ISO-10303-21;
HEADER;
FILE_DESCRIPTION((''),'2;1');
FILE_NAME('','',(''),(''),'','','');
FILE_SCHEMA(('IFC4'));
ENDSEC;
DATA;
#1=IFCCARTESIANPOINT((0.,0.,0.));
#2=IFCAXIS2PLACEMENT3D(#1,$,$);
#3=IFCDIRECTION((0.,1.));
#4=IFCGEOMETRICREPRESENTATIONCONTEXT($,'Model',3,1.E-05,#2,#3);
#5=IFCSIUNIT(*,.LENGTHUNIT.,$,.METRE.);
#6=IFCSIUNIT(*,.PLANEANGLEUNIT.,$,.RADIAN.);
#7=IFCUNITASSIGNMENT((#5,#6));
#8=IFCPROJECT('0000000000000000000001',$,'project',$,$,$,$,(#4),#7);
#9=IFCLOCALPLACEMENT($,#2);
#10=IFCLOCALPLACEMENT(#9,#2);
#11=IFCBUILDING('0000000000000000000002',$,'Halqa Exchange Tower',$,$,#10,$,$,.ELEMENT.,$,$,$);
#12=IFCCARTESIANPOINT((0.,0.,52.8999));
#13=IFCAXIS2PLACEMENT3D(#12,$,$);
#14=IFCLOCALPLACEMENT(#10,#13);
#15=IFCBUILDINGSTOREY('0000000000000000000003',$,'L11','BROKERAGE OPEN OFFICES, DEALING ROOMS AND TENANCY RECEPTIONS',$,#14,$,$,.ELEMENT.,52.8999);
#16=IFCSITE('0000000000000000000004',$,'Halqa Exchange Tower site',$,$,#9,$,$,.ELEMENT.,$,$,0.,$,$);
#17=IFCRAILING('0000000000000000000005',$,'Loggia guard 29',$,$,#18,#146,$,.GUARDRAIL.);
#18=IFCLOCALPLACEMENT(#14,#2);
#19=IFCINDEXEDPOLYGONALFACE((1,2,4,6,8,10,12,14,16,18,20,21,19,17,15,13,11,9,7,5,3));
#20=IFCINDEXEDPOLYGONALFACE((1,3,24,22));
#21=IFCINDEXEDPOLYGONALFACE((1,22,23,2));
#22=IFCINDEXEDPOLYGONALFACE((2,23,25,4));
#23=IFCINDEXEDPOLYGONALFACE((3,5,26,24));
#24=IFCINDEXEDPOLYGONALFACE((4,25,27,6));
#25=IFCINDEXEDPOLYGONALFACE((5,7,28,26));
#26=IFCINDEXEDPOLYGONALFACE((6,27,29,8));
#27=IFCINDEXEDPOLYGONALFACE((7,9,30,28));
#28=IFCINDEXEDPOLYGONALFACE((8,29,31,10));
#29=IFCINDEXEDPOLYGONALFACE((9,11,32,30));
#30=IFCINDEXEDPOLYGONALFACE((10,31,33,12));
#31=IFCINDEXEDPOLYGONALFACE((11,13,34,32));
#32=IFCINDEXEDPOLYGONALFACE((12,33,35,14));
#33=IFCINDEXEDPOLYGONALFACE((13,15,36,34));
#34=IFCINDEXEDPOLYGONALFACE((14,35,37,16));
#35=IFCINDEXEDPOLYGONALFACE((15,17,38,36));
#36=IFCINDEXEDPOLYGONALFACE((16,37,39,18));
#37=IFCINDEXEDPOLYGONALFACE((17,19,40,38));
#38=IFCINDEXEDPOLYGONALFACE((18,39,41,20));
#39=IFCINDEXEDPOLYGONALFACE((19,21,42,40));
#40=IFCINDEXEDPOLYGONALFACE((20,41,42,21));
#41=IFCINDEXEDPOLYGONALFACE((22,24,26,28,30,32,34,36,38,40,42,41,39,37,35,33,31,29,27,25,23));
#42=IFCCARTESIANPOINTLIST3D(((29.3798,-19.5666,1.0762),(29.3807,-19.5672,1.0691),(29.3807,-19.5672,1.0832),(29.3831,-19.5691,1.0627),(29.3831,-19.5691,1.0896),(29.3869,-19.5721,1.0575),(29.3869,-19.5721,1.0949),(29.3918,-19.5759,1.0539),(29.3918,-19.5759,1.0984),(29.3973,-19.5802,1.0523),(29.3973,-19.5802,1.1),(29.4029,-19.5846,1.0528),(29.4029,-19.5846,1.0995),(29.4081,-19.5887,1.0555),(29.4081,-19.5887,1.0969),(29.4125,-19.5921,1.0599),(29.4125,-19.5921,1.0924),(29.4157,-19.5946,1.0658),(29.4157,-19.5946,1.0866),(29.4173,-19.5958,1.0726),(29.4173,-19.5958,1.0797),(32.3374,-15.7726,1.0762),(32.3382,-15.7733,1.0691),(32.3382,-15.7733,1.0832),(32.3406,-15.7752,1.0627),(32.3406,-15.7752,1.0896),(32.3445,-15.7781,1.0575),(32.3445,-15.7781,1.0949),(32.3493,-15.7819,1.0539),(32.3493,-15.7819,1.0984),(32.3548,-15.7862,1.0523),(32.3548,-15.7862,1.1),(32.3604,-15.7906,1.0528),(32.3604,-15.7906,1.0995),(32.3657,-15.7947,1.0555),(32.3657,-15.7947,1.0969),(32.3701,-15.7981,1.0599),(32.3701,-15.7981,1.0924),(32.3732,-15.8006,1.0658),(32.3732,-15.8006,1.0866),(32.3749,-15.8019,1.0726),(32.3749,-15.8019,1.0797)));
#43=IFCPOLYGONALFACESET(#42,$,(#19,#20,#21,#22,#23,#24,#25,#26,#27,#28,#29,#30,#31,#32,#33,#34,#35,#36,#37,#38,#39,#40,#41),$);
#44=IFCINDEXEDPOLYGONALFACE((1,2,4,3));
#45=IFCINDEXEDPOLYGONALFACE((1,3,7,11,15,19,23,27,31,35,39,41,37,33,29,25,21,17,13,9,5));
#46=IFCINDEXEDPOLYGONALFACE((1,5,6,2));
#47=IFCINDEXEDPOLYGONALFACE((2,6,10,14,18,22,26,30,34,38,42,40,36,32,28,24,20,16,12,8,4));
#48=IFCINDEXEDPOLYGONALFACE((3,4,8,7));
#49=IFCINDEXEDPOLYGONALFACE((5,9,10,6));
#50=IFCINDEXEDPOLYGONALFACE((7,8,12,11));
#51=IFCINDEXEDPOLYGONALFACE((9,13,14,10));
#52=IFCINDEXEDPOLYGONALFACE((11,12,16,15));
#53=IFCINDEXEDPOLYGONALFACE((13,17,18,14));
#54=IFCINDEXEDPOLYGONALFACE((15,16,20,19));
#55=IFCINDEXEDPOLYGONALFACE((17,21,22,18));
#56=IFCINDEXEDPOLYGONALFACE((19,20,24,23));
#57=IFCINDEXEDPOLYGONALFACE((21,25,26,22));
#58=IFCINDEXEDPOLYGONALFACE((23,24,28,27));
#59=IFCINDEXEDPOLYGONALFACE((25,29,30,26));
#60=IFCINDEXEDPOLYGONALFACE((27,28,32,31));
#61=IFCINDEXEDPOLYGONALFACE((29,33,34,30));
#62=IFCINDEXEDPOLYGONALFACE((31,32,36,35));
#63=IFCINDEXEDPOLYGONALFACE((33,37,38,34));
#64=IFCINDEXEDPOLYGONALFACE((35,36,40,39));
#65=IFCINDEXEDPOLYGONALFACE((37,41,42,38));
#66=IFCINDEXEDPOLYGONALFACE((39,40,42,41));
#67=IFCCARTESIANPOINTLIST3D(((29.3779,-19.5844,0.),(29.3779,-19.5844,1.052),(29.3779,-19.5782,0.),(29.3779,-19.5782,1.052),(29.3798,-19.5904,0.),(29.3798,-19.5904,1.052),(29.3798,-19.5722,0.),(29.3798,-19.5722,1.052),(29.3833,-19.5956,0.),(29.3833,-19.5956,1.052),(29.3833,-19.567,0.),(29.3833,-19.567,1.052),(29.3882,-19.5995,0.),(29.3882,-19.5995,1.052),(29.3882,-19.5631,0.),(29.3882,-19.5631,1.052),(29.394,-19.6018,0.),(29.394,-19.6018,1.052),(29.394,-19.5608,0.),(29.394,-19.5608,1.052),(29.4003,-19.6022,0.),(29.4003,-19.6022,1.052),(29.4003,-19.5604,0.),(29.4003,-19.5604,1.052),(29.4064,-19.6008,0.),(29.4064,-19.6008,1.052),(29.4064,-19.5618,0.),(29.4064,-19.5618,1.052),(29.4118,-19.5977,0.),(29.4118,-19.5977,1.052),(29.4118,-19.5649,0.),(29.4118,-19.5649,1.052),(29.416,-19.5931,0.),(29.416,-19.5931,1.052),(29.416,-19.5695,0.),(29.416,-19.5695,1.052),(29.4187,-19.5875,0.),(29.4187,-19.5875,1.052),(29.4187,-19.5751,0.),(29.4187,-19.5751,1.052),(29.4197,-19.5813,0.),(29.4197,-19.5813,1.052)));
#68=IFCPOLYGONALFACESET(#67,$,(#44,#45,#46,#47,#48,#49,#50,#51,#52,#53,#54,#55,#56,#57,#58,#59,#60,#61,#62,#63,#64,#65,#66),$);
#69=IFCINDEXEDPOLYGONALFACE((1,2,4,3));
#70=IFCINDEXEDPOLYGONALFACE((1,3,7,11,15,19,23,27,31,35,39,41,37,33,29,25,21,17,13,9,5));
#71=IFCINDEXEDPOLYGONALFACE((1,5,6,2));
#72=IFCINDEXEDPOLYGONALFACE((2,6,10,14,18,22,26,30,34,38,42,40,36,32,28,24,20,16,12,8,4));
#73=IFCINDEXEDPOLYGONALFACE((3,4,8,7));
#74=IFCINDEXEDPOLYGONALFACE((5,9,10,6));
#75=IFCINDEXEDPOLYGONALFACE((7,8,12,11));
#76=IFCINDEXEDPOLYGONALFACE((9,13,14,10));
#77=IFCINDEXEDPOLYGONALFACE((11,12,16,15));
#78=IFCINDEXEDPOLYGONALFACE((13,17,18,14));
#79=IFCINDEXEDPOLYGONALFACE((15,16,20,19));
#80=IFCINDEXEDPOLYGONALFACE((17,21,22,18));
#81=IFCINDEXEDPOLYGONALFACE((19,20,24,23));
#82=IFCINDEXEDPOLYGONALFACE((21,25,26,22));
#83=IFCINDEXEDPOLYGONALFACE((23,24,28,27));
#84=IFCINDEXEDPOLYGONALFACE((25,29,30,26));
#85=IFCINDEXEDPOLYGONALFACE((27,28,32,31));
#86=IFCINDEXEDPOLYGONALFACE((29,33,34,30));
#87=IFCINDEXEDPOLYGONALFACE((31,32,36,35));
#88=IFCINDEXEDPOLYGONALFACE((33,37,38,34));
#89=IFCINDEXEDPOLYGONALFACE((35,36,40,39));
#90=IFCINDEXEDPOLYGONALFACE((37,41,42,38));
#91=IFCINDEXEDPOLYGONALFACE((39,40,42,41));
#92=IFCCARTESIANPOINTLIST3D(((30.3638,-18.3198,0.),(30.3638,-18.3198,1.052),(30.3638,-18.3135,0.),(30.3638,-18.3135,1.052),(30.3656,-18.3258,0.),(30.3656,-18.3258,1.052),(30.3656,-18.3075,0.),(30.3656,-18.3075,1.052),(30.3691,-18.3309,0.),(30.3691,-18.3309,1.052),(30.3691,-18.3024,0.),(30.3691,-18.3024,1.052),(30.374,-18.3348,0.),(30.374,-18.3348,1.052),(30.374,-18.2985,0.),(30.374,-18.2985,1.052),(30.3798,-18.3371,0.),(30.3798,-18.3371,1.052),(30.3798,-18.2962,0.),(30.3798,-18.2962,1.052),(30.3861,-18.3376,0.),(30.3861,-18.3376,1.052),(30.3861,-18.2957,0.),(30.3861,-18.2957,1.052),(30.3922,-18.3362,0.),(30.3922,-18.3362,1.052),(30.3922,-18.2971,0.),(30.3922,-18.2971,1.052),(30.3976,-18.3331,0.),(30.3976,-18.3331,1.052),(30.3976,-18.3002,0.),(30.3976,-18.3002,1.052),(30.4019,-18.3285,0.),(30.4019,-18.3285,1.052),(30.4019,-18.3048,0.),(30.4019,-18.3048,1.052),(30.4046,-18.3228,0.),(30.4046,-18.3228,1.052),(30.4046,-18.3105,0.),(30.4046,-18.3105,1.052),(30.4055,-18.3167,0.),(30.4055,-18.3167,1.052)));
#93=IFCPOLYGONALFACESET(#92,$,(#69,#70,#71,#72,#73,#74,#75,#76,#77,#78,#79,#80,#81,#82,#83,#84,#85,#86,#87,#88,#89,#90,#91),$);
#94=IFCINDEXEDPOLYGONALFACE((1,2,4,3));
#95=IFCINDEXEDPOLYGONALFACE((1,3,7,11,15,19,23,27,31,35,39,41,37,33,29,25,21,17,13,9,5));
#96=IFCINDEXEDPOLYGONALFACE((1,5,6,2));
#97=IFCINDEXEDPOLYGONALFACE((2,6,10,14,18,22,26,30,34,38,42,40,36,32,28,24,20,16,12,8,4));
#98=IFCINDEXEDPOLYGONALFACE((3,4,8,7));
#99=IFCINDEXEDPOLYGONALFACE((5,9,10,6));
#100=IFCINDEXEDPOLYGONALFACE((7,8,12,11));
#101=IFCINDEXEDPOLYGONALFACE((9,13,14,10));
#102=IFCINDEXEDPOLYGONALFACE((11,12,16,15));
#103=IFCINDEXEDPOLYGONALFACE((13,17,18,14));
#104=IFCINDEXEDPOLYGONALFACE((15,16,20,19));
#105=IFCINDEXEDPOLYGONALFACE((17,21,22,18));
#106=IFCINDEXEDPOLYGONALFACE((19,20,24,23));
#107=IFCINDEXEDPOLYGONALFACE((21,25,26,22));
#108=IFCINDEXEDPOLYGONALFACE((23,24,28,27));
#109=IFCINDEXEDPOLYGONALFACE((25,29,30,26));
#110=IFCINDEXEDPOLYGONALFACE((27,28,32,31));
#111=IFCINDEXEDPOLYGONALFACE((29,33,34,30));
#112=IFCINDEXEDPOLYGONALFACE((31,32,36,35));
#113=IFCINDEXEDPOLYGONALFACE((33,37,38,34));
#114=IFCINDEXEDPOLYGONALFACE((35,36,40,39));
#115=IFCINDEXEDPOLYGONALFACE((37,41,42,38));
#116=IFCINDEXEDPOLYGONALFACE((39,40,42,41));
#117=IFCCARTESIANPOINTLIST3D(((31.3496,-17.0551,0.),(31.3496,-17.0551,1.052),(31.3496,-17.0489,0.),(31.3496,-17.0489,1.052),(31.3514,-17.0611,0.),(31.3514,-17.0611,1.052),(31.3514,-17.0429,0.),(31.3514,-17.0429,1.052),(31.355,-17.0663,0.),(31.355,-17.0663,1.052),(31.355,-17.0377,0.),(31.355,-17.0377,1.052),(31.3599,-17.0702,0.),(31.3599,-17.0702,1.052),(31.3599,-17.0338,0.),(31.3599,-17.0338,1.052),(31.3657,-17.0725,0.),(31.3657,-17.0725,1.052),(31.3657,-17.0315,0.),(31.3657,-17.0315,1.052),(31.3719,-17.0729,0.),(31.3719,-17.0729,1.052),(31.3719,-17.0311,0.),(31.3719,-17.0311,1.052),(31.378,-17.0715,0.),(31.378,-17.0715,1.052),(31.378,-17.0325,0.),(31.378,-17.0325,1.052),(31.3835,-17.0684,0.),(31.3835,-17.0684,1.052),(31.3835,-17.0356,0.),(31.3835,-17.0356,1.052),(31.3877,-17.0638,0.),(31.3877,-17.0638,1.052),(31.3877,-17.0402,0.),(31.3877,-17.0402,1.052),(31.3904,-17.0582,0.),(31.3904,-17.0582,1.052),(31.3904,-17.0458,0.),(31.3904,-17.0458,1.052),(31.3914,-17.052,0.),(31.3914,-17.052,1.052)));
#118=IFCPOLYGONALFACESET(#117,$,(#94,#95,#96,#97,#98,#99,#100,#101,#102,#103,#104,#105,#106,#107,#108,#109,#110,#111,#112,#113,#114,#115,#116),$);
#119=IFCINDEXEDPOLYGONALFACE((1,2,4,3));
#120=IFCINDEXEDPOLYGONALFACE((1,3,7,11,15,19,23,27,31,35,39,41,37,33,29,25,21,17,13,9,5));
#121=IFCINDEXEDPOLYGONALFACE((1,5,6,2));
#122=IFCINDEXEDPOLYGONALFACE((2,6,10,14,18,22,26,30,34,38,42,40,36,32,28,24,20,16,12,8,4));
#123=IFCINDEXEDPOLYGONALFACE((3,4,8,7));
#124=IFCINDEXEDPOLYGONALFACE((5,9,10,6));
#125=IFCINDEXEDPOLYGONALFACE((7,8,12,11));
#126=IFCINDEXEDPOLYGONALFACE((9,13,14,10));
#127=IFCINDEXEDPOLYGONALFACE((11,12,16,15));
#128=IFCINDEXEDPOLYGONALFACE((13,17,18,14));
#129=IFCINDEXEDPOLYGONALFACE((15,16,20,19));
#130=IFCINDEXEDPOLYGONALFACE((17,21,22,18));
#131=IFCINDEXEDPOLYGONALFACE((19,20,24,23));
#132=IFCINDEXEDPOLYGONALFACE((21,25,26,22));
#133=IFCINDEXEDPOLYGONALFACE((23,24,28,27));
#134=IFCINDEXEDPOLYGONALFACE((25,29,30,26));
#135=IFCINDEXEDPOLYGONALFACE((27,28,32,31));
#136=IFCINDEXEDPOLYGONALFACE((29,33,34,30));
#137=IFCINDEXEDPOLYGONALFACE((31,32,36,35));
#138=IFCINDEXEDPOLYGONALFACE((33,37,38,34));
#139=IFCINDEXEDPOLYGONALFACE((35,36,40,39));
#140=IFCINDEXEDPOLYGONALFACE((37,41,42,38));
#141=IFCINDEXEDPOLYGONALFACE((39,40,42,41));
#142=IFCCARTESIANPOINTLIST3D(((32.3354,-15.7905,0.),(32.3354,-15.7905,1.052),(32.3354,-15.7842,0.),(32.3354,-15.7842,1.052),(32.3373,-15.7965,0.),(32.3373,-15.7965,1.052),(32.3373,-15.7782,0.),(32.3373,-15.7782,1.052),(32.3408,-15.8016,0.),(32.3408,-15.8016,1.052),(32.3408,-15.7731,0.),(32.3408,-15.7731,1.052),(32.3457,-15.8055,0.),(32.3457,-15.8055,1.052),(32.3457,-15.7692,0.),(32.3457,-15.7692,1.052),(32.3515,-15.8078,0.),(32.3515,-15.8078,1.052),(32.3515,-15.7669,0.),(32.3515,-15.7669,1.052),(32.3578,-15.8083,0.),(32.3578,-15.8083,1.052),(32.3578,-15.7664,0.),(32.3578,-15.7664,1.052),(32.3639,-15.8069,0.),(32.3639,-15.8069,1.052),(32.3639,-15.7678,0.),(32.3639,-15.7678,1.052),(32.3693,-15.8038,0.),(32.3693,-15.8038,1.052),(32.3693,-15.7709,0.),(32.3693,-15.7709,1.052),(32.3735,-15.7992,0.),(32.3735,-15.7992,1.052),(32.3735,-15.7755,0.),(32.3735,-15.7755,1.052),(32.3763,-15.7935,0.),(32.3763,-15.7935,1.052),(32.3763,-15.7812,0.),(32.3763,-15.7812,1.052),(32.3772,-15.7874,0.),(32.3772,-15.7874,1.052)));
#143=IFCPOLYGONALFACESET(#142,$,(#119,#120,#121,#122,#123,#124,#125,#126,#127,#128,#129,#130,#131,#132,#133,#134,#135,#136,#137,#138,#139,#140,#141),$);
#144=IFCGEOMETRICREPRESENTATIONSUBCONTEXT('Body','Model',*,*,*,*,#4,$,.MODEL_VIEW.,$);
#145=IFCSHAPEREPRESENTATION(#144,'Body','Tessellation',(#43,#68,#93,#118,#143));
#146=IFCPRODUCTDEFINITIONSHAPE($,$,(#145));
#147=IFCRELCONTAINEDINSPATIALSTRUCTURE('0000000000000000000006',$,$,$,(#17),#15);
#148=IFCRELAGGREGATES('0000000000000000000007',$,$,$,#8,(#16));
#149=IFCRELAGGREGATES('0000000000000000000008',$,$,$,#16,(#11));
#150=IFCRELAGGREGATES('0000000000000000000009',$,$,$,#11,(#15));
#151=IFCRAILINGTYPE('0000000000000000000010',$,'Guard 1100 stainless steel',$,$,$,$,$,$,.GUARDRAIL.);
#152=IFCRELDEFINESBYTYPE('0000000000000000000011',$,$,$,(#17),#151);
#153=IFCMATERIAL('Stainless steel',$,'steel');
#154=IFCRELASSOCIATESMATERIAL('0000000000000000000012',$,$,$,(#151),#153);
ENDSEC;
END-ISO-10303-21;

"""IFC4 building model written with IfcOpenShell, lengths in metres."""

from ifc_helpers import new_model, si_unit, direction, frame, origin, origin_2d, place, context, subcontext, project, spatial, circle, extrude, material, type_object, element, save


model = new_model("IFC4")

# Units and contexts
model_context = context("Model", 3, precision=1e-05, world=origin(), true_north=direction((0.0, 1.0)))
body_context = subcontext(model_context, "Body", "Model", "MODEL_VIEW")
ifc_project = project(units=[si_unit("LENGTHUNIT", "METRE"), si_unit("PLANEANGLEUNIT", "RADIAN")], contexts=[model_context])

# Site, building, storey
site_placement = place(None, origin())
site = spatial("IfcSite", under=ifc_project, at=site_placement, Name="Halqa Exchange Tower site", CompositionType="ELEMENT", RefElevation=0.0)
building_placement = place(site_placement, origin())
building = spatial("IfcBuilding", under=site, at=building_placement, Name="Halqa Exchange Tower", CompositionType="ELEMENT")
storey_placement = place(building_placement, frame((0.0, 0.0, 52.8999)))
storey = spatial("IfcBuildingStorey", under=building, at=storey_placement, Name="L11", Description="BROKERAGE OPEN OFFICES, DEALING ROOMS AND TENANCY RECEPTIONS", CompositionType="ELEMENT", Elevation=52.8999)

# Railing
ifc_material_1 = material(Name="Stainless steel", Category="steel")
railing_type = type_object("IfcRailingType", Name="Guard 1100 stainless steel", PredefinedType="GUARDRAIL", material=ifc_material_1)
railing_1_placement = place(storey_placement, frame((29.3987, -19.5813, 0.0)))
element("IfcRailing", 1, at=railing_1_placement, inside=storey, type_object=railing_type, Name="Loggia guard 29", PredefinedType="GUARDRAIL", context=body_context, shape_type="SweptSolid", body=[
    extrude(circle(Radius=0.0239, at=origin_2d()), frame((0.0, 0.0, 1.0762), z_axis=(0.614805, 0.788679, 0.0), x_axis=(-0.788679, 0.614805, 0.0)), (0.0, 0.0, 1.0), 4.8105),
    extrude(circle(Radius=0.021, at=origin_2d()), origin(), (0.0, 0.0, 1.0), 1.052),
    extrude(circle(Radius=0.021, at=origin_2d()), frame((0.9858, 1.2646, 0.0)), (0.0, 0.0, 1.0), 1.052),
    extrude(circle(Radius=0.021, at=origin_2d()), frame((1.9717, 2.5293, 0.0)), (0.0, 0.0, 1.0), 1.052),
    extrude(circle(Radius=0.021, at=origin_2d()), frame((2.9575, 3.7939, 0.0)), (0.0, 0.0, 1.0), 1.052),
])

save(model, "model.ifc")
